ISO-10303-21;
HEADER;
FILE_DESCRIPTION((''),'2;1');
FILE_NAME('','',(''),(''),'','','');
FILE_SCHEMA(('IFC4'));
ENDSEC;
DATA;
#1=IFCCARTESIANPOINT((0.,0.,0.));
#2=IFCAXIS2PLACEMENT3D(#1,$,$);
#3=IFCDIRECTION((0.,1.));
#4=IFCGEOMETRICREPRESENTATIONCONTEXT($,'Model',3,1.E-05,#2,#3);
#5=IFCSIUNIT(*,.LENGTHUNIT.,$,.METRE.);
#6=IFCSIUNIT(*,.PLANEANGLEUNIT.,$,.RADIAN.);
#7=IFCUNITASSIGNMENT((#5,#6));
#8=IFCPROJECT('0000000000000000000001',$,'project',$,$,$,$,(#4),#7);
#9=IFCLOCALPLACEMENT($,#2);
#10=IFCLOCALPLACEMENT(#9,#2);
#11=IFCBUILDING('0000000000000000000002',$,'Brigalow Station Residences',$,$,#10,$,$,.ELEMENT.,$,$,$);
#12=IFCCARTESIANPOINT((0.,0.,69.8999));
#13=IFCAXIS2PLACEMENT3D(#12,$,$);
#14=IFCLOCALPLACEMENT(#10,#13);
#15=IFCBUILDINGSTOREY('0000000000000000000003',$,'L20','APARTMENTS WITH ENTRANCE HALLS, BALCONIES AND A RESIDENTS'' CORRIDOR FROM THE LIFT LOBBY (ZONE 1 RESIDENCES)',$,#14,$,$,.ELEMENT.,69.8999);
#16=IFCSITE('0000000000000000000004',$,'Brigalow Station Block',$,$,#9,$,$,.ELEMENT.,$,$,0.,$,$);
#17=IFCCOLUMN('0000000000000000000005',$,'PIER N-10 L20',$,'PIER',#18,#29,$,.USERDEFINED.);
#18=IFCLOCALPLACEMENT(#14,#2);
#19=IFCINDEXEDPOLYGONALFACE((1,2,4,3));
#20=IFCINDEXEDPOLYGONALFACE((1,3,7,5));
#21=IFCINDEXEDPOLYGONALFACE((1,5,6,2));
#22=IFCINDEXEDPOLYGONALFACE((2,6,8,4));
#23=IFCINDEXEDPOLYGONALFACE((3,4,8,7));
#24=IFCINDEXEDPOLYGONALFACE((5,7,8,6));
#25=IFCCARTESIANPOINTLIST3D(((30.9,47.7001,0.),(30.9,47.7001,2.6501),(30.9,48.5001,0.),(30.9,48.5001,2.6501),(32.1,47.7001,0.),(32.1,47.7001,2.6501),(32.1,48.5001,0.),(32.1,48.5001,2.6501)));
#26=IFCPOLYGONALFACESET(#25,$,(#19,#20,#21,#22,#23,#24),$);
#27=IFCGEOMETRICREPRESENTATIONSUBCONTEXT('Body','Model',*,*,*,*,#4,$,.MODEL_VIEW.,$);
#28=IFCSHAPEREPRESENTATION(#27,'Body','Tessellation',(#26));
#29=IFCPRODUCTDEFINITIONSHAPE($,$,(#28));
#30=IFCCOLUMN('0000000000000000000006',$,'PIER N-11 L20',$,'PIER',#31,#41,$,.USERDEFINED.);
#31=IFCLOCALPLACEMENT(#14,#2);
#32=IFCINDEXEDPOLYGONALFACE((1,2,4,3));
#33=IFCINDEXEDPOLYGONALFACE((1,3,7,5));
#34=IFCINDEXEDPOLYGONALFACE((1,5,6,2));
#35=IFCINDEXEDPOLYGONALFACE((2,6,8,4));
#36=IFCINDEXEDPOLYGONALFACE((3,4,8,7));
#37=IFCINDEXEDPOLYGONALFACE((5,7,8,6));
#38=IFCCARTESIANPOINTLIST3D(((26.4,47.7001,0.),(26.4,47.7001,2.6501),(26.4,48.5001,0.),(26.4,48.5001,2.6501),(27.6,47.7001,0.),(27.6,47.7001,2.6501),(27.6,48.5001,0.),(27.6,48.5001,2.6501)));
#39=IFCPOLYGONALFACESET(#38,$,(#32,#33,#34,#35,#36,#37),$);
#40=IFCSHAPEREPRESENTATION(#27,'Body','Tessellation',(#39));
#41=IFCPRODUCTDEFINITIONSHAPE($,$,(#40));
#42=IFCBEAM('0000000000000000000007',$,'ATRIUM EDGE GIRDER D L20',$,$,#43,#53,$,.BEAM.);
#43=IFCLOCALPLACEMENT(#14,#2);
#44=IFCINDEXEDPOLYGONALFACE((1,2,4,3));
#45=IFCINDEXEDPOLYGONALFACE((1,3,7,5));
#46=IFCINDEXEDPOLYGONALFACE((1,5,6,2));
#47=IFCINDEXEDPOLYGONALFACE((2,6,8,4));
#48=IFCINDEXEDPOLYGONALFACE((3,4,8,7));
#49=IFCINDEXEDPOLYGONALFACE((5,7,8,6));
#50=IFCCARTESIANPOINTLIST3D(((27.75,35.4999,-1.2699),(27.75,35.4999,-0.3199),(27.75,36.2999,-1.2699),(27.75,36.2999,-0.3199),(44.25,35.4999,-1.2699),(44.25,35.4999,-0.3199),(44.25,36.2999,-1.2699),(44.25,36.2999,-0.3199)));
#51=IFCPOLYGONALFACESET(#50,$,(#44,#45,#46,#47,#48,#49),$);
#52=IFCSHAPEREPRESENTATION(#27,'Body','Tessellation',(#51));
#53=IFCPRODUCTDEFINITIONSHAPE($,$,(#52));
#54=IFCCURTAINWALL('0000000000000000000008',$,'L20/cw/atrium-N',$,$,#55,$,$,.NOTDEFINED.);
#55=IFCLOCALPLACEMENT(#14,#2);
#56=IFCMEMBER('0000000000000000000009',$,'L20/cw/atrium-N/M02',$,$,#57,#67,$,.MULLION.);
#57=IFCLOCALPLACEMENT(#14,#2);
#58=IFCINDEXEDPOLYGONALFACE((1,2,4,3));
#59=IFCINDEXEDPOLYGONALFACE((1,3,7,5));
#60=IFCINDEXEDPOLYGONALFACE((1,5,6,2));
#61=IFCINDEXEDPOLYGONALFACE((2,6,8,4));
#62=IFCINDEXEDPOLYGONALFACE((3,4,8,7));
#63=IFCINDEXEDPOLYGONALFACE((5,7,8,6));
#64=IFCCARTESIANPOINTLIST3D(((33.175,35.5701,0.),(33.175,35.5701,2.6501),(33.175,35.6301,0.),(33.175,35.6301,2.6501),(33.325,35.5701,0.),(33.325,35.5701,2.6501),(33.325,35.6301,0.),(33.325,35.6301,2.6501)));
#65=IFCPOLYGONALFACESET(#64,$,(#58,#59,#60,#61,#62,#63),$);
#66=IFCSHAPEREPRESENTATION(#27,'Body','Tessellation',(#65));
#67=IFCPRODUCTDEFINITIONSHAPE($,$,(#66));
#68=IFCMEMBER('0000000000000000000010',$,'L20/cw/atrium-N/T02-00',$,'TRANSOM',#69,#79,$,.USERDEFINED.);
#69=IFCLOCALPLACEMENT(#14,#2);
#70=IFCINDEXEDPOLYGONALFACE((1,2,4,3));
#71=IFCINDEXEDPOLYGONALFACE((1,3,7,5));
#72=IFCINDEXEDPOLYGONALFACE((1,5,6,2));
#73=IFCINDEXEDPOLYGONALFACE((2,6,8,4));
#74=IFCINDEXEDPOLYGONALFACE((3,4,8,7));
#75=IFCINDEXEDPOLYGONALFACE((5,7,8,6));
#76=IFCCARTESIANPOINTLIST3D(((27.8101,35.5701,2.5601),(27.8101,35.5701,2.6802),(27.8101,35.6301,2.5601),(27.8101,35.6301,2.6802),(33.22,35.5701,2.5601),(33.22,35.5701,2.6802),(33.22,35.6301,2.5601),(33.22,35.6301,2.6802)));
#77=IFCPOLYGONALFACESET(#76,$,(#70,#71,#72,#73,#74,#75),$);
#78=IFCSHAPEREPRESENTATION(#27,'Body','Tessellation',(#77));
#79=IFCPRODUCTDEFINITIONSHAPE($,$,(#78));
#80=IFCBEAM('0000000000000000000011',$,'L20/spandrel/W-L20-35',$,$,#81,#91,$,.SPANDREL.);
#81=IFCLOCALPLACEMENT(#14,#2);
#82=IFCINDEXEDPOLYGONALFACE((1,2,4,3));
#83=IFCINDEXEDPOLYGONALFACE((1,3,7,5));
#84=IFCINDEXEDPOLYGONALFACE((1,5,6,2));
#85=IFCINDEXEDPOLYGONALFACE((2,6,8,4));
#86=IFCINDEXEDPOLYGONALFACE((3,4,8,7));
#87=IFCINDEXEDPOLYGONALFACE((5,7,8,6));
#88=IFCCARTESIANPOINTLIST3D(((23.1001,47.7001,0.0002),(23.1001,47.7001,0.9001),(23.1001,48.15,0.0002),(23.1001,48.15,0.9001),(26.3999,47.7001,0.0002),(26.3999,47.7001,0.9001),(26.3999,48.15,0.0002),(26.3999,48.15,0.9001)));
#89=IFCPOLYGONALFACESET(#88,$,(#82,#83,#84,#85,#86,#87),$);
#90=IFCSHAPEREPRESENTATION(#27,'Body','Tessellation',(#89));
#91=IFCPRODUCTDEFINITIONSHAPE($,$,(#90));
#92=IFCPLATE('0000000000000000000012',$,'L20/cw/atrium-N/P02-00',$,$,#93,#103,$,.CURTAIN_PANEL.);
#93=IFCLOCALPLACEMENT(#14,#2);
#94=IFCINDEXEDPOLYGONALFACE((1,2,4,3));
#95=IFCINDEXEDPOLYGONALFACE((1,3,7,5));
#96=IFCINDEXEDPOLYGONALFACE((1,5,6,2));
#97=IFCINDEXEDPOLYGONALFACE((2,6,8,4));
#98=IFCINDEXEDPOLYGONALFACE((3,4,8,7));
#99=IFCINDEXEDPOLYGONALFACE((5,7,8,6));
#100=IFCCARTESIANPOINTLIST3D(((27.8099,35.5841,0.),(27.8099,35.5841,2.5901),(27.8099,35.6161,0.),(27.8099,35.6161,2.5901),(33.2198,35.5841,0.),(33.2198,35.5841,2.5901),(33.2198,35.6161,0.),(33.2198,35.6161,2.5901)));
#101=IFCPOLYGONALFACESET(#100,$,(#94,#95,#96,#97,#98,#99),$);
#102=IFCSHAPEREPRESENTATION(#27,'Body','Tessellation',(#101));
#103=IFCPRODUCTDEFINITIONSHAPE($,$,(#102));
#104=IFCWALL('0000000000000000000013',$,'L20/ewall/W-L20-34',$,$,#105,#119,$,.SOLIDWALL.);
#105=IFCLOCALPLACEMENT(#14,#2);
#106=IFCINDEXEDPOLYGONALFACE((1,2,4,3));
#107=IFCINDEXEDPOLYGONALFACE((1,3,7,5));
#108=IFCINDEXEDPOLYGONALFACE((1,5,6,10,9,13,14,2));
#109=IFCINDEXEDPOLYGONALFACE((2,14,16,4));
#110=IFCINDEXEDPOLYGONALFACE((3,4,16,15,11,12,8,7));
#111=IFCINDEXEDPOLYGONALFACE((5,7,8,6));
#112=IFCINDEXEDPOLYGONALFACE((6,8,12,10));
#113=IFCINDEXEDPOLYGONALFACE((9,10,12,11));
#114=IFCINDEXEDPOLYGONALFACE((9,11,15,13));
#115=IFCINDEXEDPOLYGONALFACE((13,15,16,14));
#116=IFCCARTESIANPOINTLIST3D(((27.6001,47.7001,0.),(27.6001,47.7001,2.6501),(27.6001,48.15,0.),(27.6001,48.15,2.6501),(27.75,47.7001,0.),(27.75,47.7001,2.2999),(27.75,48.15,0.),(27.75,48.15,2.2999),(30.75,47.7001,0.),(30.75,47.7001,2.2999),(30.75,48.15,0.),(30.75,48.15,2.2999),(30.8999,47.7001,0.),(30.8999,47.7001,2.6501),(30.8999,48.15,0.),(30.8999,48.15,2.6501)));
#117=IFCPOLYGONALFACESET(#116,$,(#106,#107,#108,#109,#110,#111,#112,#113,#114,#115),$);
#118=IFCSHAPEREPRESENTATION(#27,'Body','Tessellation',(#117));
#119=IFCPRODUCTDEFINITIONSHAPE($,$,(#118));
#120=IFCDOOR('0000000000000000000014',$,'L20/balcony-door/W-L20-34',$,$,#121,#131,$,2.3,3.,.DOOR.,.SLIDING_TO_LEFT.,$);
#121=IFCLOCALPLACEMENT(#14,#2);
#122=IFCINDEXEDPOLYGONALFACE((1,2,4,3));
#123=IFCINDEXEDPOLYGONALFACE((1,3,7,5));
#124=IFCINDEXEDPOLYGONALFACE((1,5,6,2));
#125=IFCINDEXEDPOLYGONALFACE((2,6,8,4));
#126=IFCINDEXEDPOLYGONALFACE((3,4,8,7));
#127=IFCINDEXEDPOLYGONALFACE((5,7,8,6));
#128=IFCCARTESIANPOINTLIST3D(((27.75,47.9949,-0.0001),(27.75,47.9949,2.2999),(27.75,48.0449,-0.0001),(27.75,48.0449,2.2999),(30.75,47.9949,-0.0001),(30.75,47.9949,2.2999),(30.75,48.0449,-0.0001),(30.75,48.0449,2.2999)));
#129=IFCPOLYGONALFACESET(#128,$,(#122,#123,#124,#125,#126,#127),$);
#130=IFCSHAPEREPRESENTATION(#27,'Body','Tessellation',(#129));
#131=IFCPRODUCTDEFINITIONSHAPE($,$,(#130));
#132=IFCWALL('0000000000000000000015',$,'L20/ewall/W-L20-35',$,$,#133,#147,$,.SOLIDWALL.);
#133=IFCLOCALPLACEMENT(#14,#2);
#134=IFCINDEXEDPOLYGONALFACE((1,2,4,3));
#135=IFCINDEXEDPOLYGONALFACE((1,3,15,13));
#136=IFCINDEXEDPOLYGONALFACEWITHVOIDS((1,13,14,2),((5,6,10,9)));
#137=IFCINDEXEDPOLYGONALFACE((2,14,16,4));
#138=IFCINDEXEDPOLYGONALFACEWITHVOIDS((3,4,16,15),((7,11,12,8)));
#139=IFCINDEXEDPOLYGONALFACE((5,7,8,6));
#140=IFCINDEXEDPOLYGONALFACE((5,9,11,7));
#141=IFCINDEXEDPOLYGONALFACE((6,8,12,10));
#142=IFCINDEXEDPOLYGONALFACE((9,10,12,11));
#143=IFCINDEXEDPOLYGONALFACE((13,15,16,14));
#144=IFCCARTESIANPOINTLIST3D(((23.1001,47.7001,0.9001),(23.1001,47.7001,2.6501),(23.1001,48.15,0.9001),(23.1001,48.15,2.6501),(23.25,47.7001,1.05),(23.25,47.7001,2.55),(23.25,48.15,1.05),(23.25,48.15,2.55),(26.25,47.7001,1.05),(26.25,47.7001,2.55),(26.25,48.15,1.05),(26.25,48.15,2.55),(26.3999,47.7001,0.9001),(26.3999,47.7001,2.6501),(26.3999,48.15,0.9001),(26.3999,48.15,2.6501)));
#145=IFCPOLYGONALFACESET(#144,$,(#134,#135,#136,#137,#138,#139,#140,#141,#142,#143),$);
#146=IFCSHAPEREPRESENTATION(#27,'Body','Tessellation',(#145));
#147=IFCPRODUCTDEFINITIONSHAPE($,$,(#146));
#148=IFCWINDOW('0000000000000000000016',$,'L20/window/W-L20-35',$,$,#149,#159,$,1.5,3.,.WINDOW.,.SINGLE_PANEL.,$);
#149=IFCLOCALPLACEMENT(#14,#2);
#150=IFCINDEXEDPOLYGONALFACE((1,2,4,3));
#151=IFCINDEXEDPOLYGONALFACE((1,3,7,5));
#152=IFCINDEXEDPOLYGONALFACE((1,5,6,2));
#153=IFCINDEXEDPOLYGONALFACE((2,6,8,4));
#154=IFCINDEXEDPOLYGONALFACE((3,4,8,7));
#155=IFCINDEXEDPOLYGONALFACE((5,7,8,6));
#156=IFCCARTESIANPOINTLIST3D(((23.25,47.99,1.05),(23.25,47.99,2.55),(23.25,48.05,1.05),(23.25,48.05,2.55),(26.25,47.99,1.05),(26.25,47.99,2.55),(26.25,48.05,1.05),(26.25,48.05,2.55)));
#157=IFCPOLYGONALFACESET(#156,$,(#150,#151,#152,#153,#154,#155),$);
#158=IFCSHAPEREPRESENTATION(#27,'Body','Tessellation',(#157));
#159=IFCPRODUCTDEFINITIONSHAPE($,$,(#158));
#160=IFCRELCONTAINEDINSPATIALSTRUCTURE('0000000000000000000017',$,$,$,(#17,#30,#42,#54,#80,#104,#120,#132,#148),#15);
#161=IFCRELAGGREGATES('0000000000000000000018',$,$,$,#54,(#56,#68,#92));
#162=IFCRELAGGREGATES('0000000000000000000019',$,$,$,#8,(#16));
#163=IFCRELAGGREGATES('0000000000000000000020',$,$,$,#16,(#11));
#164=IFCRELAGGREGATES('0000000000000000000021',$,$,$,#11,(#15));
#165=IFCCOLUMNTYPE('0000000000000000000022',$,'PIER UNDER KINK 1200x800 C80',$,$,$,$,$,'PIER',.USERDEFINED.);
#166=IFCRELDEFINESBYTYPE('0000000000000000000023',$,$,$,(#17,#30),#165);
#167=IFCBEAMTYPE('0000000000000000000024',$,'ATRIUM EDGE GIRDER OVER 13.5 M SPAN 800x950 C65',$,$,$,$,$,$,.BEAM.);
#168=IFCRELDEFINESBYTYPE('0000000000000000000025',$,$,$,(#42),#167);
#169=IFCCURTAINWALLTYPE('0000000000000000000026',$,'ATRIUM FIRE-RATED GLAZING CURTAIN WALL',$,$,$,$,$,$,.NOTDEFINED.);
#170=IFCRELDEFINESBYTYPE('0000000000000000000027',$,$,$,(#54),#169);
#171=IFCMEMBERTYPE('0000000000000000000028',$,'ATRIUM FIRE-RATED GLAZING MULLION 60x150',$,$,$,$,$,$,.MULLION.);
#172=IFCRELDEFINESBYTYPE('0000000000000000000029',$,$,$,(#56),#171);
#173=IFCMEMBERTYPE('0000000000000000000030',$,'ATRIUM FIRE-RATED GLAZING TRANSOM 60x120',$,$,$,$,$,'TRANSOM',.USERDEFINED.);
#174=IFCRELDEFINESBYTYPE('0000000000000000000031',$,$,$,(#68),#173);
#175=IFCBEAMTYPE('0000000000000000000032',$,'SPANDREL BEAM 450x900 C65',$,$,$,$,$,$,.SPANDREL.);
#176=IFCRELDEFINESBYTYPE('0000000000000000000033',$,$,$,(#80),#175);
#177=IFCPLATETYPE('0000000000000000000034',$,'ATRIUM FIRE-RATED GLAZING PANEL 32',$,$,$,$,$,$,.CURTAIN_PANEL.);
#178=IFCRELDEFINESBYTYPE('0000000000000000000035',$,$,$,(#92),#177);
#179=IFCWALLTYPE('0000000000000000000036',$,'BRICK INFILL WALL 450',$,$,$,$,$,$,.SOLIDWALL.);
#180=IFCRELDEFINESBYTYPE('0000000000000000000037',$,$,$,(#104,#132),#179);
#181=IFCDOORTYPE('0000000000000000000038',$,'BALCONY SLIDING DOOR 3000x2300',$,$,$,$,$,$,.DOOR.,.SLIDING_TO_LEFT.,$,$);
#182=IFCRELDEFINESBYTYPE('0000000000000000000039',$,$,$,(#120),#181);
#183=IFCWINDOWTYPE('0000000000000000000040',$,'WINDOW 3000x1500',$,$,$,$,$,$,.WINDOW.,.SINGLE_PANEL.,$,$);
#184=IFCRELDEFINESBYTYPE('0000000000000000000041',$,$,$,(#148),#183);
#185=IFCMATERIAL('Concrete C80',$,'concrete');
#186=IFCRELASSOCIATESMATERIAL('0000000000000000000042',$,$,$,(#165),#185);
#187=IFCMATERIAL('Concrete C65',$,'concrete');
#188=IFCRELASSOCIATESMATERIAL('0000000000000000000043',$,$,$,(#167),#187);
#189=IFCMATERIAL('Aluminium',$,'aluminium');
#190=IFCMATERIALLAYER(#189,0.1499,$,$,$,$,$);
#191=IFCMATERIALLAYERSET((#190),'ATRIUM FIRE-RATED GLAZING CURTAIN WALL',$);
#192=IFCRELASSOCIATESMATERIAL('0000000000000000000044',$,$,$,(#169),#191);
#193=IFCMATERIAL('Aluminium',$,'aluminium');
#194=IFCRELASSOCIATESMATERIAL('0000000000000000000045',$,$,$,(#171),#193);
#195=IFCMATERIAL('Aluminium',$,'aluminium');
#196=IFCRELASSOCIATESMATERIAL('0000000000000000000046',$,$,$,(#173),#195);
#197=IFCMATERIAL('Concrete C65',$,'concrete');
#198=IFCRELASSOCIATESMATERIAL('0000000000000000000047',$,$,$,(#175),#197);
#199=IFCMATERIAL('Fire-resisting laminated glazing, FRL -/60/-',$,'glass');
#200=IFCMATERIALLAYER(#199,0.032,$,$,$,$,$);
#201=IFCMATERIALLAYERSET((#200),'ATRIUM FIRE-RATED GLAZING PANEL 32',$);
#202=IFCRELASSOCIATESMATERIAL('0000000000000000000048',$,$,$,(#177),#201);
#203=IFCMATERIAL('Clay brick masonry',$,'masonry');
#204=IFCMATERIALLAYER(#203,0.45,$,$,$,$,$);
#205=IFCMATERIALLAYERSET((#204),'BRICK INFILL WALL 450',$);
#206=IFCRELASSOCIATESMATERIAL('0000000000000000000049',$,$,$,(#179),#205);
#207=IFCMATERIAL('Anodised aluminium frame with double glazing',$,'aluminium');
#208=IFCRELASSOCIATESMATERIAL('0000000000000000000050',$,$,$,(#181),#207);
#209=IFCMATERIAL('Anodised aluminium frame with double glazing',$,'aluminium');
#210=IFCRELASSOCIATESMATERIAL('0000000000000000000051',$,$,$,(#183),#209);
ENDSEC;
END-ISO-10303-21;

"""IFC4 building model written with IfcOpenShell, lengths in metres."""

from ifc_helpers import new_model, si_unit, direction, frame, frame_2d, origin, origin_2d, place, context, subcontext, project, spatial, rectangle, extrude, material, layer, layer_set, material_profile, profile_set, type_object, element, fill, aggregate, save


model = new_model("IFC4")

# Units and contexts
model_context = context("Model", 3, precision=1e-05, world=origin(), true_north=direction((0.0, 1.0)))
body_context = subcontext(model_context, "Body", "Model", "MODEL_VIEW")
ifc_project = project(units=[si_unit("LENGTHUNIT", "METRE"), si_unit("PLANEANGLEUNIT", "RADIAN")], contexts=[model_context])

# Site, building, storey
site_placement = place(None, origin())
site = spatial("IfcSite", under=ifc_project, at=site_placement, Name="Brigalow Station Block", CompositionType="ELEMENT", RefElevation=0.0)
building_placement = place(site_placement, origin())
building = spatial("IfcBuilding", under=site, at=building_placement, Name="Brigalow Station Residences", CompositionType="ELEMENT")
storey_placement = place(building_placement, frame((0.0, 0.0, 69.8999)))
storey = spatial("IfcBuildingStorey", under=building, at=storey_placement, Name="L20", Description="APARTMENTS WITH ENTRANCE HALLS, BALCONIES AND A RESIDENTS' CORRIDOR FROM THE LIFT LOBBY (ZONE 1 RESIDENCES)", CompositionType="ELEMENT", Elevation=69.8999)

# Columns
ifc_material_1 = material(Name="Concrete C80", Category="concrete")
ifc_material_profile_1 = material_profile(ifc_material_1, rectangle(XDim=1.2, YDim=0.8, at=origin_2d()), Name="RC1200x800")
ifc_profile_set_1 = profile_set([ifc_material_profile_1], Name="Concrete C80")
column_type = type_object("IfcColumnType", Name="PIER UNDER KINK 1200x800 C80", ElementType="PIER", PredefinedType="USERDEFINED", material=ifc_profile_set_1)
for number, where, z_axis, x_axis, name in (
    (1, (31.5, 48.1001, 0.0), (0.0, 0.0, 1.0), (-1.0, 0.0, 0.0), "PIER N-10 L20"),
    (2, (27.0, 48.1001, 0.0), (0.0, 0.0, 1.0), (-1.0, 0.0, 0.0), "PIER N-11 L20"),
):
    element("IfcColumn", number, at=place(storey_placement, frame(where, z_axis=z_axis, x_axis=x_axis)), inside=storey, type_object=column_type, Name=name, ObjectType="PIER", PredefinedType="USERDEFINED", context=body_context, shape_type="SweptSolid", body=[
        extrude(rectangle(XDim=1.2, YDim=0.8, at=origin_2d()), origin(), (0.0, 0.0, 1.0), 2.6501),
    ])

# Beam
ifc_material_2 = material(Name="Concrete C65", Category="concrete")
ifc_material_profile_2 = material_profile(ifc_material_2, rectangle(XDim=0.8, YDim=0.95, at=origin_2d()), Name="RC800x950")
ifc_profile_set_2 = profile_set([ifc_material_profile_2], Name="Concrete C65")
beam_type_1 = type_object("IfcBeamType", Name="ATRIUM EDGE GIRDER OVER 13.5 M SPAN 800x950 C65", PredefinedType="BEAM", material=ifc_profile_set_2)
beam_1_placement = place(storey_placement, frame((27.75, 35.8999, -0.7949), z_axis=(1.0, 0.0, 0.0), x_axis=(0.0, 1.0, 0.0)))
element("IfcBeam", 3, at=beam_1_placement, inside=storey, type_object=beam_type_1, Name="ATRIUM EDGE GIRDER D L20", PredefinedType="BEAM", context=body_context, shape_type="SweptSolid", body=[
    extrude(rectangle(XDim=0.8, YDim=0.95, at=origin_2d()), origin(), (0.0, 0.0, 1.0), 16.5),
])

# Curtain wall, members
ifc_material_3 = material(Name="Aluminium", Category="aluminium")
ifc_layer_1 = layer(ifc_material_3, 0.1499)
ifc_layer_set_1 = layer_set([ifc_layer_1], Name="ATRIUM FIRE-RATED GLAZING CURTAIN WALL")
curtain_wall_type = type_object("IfcCurtainWallType", Name="ATRIUM FIRE-RATED GLAZING CURTAIN WALL", PredefinedType="NOTDEFINED", material=ifc_layer_set_1)
curtain_wall_placement = place(storey_placement, origin())
curtain_wall = element("IfcCurtainWall", 4, at=curtain_wall_placement, inside=storey, type_object=curtain_wall_type, Name="L20/cw/atrium-N", PredefinedType="NOTDEFINED")
ifc_material_4 = material(Name="Aluminium", Category="aluminium")
ifc_material_profile_3 = material_profile(ifc_material_4, rectangle(XDim=0.0601, YDim=0.1499, at=origin_2d()), Name="ATRIUM FIRE-RATED GLAZING MULLION 60x150")
ifc_profile_set_3 = profile_set([ifc_material_profile_3], Name="Aluminium")
member_type_1 = type_object("IfcMemberType", Name="ATRIUM FIRE-RATED GLAZING MULLION 60x150", PredefinedType="MULLION", material=ifc_profile_set_3)
member_1_placement = place(storey_placement, frame((33.25, 35.6001, 0.0), z_axis=(0.0, 0.0, 1.0), x_axis=(0.0, -1.0, 0.0)))
member_1 = element("IfcMember", 5, at=member_1_placement, type_object=member_type_1, Name="L20/cw/atrium-N/M02", PredefinedType="MULLION", context=body_context, shape_type="SweptSolid", body=[
    extrude(rectangle(XDim=0.0601, YDim=0.1499, at=origin_2d()), origin(), (0.0, 0.0, 1.0), 2.6501),
])
ifc_material_5 = material(Name="Aluminium", Category="aluminium")
ifc_material_profile_4 = material_profile(ifc_material_5, rectangle(XDim=0.0601, YDim=0.1201, at=origin_2d()), Name="ATRIUM FIRE-RATED GLAZING TRANSOM 60x120")
ifc_profile_set_4 = profile_set([ifc_material_profile_4], Name="Aluminium")
member_type_2 = type_object("IfcMemberType", Name="ATRIUM FIRE-RATED GLAZING TRANSOM 60x120", ElementType="TRANSOM", PredefinedType="USERDEFINED", material=ifc_profile_set_4)
member_2_placement = place(storey_placement, frame((33.22, 35.6001, 2.6201), z_axis=(-1.0, 0.0, 0.0), x_axis=(0.0, -1.0, 0.0)))
member_2 = element("IfcMember", 6, at=member_2_placement, type_object=member_type_2, Name="L20/cw/atrium-N/T02-00", ObjectType="TRANSOM", PredefinedType="USERDEFINED", context=body_context, shape_type="SweptSolid", body=[
    extrude(rectangle(XDim=0.0601, YDim=0.1201, at=origin_2d()), origin(), (0.0, 0.0, 1.0), 5.4099),
])

# Beam
ifc_material_6 = material(Name="Concrete C65", Category="concrete")
ifc_material_profile_5 = material_profile(ifc_material_6, rectangle(XDim=0.45, YDim=0.8999, at=origin_2d()), Name="RC450x900")
ifc_profile_set_5 = profile_set([ifc_material_profile_5], Name="Concrete C65")
beam_type_2 = type_object("IfcBeamType", Name="SPANDREL BEAM 450x900 C65", PredefinedType="SPANDREL", material=ifc_profile_set_5)
beam_2_placement = place(storey_placement, frame((26.3999, 47.925, 0.4502), z_axis=(-1.0, 0.0, 0.0), x_axis=(0.0, -1.0, 0.0)))
element("IfcBeam", 7, at=beam_2_placement, inside=storey, type_object=beam_type_2, Name="L20/spandrel/W-L20-35", PredefinedType="SPANDREL", context=body_context, shape_type="SweptSolid", body=[
    extrude(rectangle(XDim=0.45, YDim=0.8999, at=origin_2d()), origin(), (0.0, 0.0, 1.0), 3.2998),
])

# Plate
ifc_material_7 = material(Name="Fire-resisting laminated glazing, FRL -/60/-", Category="glass")
ifc_layer_2 = layer(ifc_material_7, 0.032)
ifc_layer_set_2 = layer_set([ifc_layer_2], Name="ATRIUM FIRE-RATED GLAZING PANEL 32")
plate_type = type_object("IfcPlateType", Name="ATRIUM FIRE-RATED GLAZING PANEL 32", PredefinedType="CURTAIN_PANEL", material=ifc_layer_set_2)
plate_placement = place(storey_placement, frame((30.5149, 35.6001, 0.0), z_axis=(0.0, 0.0, 1.0), x_axis=(-1.0, 0.0, 0.0)))
plate = element("IfcPlate", 8, at=plate_placement, type_object=plate_type, Name="L20/cw/atrium-N/P02-00", PredefinedType="CURTAIN_PANEL", context=body_context, shape_type="SweptSolid", body=[
    extrude(rectangle(XDim=5.4099, YDim=0.032, at=origin_2d()), origin(), (0.0, 0.0, 1.0), 2.5901),
])
aggregate(curtain_wall, [member_1, member_2, plate])

# Wall, opening, door
ifc_material_8 = material(Name="Clay brick masonry", Category="masonry")
ifc_layer_3 = layer(ifc_material_8, 0.45)
ifc_layer_set_3 = layer_set([ifc_layer_3], Name="BRICK INFILL WALL 450")
wall_type_1 = type_object("IfcWallType", Name="BRICK INFILL WALL 450", PredefinedType="SOLIDWALL", material=ifc_layer_set_3)
wall_1_placement = place(storey_placement, frame((30.8999, 47.925, 0.0), z_axis=(0.0, 0.0, 1.0), x_axis=(-1.0, 0.0, 0.0)))
wall_1 = element("IfcWall", 9, at=wall_1_placement, inside=storey, type_object=wall_type_1, Name="L20/ewall/W-L20-34", PredefinedType="SOLIDWALL", context=body_context, shape_type="SweptSolid", body=[
    extrude(rectangle(XDim=3.2998, YDim=0.45, at=frame_2d((1.6499, 0.0))), origin(), (0.0, 0.0, 1.0), 2.6501),
])
opening_1_placement = place(wall_1_placement, frame((0.1499, 0.0, 0.0)))
opening_1 = element("IfcOpeningElement", 10, at=opening_1_placement, cuts=wall_1, PredefinedType="OPENING", context=body_context, shape_type="SweptSolid", body=[
    extrude(rectangle(XDim=3.0, YDim=2.3, at=frame_2d((1.5, 1.1499))), frame((0.0, 0.2349, 0.0), z_axis=(0.0, -1.0, 0.0), x_axis=(1.0, 0.0, 0.0)), (0.0, 0.0, 1.0), 0.47),
])
ifc_material_9 = material(Name="Anodised aluminium frame with double glazing", Category="aluminium")
door_type_1 = type_object("IfcDoorType", Name="BALCONY SLIDING DOOR 3000x2300", OperationType="SLIDING_TO_LEFT", PredefinedType="DOOR", material=ifc_material_9)
door_1_placement = place(opening_1_placement, origin())
door_1 = element("IfcDoor", 11, at=door_1_placement, inside=storey, type_object=door_type_1, Name="L20/balcony-door/W-L20-34", OperationType="SLIDING_TO_LEFT", OverallHeight=2.3, OverallWidth=3.0, PredefinedType="DOOR", context=body_context, shape_type="SweptSolid", body=[
    extrude(rectangle(XDim=3.0, YDim=2.3, at=frame_2d((1.5, 1.1499))), frame((0.0, -0.0698, 0.0), z_axis=(0.0, -1.0, 0.0), x_axis=(1.0, 0.0, 0.0)), (0.0, 0.0, 1.0), 0.05),
])
fill(opening_1, door_1)

# Wall, opening, window
wall_2_placement = place(storey_placement, frame((26.3999, 47.925, 0.9001), z_axis=(0.0, 0.0, 1.0), x_axis=(-1.0, 0.0, 0.0)))
wall_2 = element("IfcWall", 12, at=wall_2_placement, inside=storey, type_object=wall_type_1, Name="L20/ewall/W-L20-35", PredefinedType="SOLIDWALL", context=body_context, shape_type="SweptSolid", body=[
    extrude(rectangle(XDim=3.2998, YDim=0.45, at=frame_2d((1.6499, 0.0))), origin(), (0.0, 0.0, 1.0), 1.75),
])
opening_2_placement = place(wall_2_placement, frame((0.1499, 0.0, 0.1499)))
opening_2 = element("IfcOpeningElement", 13, at=opening_2_placement, cuts=wall_2, PredefinedType="OPENING", context=body_context, shape_type="SweptSolid", body=[
    extrude(rectangle(XDim=3.0, YDim=1.5, at=frame_2d((1.5, 0.75))), frame((0.0, 0.2349, 0.0), z_axis=(0.0, -1.0, 0.0), x_axis=(1.0, 0.0, 0.0)), (0.0, 0.0, 1.0), 0.47),
])
ifc_material_10 = material(Name="Anodised aluminium frame with double glazing", Category="aluminium")
window_type = type_object("IfcWindowType", Name="WINDOW 3000x1500", PartitioningType="SINGLE_PANEL", PredefinedType="WINDOW", material=ifc_material_10)
window_placement = place(opening_2_placement, origin())
window = element("IfcWindow", 14, at=window_placement, inside=storey, type_object=window_type, Name="L20/window/W-L20-35", OverallHeight=1.5, OverallWidth=3.0, PartitioningType="SINGLE_PANEL", PredefinedType="WINDOW", context=body_context, shape_type="SweptSolid", body=[
    extrude(rectangle(XDim=3.0, YDim=1.5, at=frame_2d((1.5, 0.75))), frame((0.0, -0.0649, 0.0), z_axis=(0.0, -1.0, 0.0), x_axis=(1.0, 0.0, 0.0)), (0.0, 0.0, 1.0), 0.0601),
])
fill(opening_2, window)

save(model, "model.ifc")
